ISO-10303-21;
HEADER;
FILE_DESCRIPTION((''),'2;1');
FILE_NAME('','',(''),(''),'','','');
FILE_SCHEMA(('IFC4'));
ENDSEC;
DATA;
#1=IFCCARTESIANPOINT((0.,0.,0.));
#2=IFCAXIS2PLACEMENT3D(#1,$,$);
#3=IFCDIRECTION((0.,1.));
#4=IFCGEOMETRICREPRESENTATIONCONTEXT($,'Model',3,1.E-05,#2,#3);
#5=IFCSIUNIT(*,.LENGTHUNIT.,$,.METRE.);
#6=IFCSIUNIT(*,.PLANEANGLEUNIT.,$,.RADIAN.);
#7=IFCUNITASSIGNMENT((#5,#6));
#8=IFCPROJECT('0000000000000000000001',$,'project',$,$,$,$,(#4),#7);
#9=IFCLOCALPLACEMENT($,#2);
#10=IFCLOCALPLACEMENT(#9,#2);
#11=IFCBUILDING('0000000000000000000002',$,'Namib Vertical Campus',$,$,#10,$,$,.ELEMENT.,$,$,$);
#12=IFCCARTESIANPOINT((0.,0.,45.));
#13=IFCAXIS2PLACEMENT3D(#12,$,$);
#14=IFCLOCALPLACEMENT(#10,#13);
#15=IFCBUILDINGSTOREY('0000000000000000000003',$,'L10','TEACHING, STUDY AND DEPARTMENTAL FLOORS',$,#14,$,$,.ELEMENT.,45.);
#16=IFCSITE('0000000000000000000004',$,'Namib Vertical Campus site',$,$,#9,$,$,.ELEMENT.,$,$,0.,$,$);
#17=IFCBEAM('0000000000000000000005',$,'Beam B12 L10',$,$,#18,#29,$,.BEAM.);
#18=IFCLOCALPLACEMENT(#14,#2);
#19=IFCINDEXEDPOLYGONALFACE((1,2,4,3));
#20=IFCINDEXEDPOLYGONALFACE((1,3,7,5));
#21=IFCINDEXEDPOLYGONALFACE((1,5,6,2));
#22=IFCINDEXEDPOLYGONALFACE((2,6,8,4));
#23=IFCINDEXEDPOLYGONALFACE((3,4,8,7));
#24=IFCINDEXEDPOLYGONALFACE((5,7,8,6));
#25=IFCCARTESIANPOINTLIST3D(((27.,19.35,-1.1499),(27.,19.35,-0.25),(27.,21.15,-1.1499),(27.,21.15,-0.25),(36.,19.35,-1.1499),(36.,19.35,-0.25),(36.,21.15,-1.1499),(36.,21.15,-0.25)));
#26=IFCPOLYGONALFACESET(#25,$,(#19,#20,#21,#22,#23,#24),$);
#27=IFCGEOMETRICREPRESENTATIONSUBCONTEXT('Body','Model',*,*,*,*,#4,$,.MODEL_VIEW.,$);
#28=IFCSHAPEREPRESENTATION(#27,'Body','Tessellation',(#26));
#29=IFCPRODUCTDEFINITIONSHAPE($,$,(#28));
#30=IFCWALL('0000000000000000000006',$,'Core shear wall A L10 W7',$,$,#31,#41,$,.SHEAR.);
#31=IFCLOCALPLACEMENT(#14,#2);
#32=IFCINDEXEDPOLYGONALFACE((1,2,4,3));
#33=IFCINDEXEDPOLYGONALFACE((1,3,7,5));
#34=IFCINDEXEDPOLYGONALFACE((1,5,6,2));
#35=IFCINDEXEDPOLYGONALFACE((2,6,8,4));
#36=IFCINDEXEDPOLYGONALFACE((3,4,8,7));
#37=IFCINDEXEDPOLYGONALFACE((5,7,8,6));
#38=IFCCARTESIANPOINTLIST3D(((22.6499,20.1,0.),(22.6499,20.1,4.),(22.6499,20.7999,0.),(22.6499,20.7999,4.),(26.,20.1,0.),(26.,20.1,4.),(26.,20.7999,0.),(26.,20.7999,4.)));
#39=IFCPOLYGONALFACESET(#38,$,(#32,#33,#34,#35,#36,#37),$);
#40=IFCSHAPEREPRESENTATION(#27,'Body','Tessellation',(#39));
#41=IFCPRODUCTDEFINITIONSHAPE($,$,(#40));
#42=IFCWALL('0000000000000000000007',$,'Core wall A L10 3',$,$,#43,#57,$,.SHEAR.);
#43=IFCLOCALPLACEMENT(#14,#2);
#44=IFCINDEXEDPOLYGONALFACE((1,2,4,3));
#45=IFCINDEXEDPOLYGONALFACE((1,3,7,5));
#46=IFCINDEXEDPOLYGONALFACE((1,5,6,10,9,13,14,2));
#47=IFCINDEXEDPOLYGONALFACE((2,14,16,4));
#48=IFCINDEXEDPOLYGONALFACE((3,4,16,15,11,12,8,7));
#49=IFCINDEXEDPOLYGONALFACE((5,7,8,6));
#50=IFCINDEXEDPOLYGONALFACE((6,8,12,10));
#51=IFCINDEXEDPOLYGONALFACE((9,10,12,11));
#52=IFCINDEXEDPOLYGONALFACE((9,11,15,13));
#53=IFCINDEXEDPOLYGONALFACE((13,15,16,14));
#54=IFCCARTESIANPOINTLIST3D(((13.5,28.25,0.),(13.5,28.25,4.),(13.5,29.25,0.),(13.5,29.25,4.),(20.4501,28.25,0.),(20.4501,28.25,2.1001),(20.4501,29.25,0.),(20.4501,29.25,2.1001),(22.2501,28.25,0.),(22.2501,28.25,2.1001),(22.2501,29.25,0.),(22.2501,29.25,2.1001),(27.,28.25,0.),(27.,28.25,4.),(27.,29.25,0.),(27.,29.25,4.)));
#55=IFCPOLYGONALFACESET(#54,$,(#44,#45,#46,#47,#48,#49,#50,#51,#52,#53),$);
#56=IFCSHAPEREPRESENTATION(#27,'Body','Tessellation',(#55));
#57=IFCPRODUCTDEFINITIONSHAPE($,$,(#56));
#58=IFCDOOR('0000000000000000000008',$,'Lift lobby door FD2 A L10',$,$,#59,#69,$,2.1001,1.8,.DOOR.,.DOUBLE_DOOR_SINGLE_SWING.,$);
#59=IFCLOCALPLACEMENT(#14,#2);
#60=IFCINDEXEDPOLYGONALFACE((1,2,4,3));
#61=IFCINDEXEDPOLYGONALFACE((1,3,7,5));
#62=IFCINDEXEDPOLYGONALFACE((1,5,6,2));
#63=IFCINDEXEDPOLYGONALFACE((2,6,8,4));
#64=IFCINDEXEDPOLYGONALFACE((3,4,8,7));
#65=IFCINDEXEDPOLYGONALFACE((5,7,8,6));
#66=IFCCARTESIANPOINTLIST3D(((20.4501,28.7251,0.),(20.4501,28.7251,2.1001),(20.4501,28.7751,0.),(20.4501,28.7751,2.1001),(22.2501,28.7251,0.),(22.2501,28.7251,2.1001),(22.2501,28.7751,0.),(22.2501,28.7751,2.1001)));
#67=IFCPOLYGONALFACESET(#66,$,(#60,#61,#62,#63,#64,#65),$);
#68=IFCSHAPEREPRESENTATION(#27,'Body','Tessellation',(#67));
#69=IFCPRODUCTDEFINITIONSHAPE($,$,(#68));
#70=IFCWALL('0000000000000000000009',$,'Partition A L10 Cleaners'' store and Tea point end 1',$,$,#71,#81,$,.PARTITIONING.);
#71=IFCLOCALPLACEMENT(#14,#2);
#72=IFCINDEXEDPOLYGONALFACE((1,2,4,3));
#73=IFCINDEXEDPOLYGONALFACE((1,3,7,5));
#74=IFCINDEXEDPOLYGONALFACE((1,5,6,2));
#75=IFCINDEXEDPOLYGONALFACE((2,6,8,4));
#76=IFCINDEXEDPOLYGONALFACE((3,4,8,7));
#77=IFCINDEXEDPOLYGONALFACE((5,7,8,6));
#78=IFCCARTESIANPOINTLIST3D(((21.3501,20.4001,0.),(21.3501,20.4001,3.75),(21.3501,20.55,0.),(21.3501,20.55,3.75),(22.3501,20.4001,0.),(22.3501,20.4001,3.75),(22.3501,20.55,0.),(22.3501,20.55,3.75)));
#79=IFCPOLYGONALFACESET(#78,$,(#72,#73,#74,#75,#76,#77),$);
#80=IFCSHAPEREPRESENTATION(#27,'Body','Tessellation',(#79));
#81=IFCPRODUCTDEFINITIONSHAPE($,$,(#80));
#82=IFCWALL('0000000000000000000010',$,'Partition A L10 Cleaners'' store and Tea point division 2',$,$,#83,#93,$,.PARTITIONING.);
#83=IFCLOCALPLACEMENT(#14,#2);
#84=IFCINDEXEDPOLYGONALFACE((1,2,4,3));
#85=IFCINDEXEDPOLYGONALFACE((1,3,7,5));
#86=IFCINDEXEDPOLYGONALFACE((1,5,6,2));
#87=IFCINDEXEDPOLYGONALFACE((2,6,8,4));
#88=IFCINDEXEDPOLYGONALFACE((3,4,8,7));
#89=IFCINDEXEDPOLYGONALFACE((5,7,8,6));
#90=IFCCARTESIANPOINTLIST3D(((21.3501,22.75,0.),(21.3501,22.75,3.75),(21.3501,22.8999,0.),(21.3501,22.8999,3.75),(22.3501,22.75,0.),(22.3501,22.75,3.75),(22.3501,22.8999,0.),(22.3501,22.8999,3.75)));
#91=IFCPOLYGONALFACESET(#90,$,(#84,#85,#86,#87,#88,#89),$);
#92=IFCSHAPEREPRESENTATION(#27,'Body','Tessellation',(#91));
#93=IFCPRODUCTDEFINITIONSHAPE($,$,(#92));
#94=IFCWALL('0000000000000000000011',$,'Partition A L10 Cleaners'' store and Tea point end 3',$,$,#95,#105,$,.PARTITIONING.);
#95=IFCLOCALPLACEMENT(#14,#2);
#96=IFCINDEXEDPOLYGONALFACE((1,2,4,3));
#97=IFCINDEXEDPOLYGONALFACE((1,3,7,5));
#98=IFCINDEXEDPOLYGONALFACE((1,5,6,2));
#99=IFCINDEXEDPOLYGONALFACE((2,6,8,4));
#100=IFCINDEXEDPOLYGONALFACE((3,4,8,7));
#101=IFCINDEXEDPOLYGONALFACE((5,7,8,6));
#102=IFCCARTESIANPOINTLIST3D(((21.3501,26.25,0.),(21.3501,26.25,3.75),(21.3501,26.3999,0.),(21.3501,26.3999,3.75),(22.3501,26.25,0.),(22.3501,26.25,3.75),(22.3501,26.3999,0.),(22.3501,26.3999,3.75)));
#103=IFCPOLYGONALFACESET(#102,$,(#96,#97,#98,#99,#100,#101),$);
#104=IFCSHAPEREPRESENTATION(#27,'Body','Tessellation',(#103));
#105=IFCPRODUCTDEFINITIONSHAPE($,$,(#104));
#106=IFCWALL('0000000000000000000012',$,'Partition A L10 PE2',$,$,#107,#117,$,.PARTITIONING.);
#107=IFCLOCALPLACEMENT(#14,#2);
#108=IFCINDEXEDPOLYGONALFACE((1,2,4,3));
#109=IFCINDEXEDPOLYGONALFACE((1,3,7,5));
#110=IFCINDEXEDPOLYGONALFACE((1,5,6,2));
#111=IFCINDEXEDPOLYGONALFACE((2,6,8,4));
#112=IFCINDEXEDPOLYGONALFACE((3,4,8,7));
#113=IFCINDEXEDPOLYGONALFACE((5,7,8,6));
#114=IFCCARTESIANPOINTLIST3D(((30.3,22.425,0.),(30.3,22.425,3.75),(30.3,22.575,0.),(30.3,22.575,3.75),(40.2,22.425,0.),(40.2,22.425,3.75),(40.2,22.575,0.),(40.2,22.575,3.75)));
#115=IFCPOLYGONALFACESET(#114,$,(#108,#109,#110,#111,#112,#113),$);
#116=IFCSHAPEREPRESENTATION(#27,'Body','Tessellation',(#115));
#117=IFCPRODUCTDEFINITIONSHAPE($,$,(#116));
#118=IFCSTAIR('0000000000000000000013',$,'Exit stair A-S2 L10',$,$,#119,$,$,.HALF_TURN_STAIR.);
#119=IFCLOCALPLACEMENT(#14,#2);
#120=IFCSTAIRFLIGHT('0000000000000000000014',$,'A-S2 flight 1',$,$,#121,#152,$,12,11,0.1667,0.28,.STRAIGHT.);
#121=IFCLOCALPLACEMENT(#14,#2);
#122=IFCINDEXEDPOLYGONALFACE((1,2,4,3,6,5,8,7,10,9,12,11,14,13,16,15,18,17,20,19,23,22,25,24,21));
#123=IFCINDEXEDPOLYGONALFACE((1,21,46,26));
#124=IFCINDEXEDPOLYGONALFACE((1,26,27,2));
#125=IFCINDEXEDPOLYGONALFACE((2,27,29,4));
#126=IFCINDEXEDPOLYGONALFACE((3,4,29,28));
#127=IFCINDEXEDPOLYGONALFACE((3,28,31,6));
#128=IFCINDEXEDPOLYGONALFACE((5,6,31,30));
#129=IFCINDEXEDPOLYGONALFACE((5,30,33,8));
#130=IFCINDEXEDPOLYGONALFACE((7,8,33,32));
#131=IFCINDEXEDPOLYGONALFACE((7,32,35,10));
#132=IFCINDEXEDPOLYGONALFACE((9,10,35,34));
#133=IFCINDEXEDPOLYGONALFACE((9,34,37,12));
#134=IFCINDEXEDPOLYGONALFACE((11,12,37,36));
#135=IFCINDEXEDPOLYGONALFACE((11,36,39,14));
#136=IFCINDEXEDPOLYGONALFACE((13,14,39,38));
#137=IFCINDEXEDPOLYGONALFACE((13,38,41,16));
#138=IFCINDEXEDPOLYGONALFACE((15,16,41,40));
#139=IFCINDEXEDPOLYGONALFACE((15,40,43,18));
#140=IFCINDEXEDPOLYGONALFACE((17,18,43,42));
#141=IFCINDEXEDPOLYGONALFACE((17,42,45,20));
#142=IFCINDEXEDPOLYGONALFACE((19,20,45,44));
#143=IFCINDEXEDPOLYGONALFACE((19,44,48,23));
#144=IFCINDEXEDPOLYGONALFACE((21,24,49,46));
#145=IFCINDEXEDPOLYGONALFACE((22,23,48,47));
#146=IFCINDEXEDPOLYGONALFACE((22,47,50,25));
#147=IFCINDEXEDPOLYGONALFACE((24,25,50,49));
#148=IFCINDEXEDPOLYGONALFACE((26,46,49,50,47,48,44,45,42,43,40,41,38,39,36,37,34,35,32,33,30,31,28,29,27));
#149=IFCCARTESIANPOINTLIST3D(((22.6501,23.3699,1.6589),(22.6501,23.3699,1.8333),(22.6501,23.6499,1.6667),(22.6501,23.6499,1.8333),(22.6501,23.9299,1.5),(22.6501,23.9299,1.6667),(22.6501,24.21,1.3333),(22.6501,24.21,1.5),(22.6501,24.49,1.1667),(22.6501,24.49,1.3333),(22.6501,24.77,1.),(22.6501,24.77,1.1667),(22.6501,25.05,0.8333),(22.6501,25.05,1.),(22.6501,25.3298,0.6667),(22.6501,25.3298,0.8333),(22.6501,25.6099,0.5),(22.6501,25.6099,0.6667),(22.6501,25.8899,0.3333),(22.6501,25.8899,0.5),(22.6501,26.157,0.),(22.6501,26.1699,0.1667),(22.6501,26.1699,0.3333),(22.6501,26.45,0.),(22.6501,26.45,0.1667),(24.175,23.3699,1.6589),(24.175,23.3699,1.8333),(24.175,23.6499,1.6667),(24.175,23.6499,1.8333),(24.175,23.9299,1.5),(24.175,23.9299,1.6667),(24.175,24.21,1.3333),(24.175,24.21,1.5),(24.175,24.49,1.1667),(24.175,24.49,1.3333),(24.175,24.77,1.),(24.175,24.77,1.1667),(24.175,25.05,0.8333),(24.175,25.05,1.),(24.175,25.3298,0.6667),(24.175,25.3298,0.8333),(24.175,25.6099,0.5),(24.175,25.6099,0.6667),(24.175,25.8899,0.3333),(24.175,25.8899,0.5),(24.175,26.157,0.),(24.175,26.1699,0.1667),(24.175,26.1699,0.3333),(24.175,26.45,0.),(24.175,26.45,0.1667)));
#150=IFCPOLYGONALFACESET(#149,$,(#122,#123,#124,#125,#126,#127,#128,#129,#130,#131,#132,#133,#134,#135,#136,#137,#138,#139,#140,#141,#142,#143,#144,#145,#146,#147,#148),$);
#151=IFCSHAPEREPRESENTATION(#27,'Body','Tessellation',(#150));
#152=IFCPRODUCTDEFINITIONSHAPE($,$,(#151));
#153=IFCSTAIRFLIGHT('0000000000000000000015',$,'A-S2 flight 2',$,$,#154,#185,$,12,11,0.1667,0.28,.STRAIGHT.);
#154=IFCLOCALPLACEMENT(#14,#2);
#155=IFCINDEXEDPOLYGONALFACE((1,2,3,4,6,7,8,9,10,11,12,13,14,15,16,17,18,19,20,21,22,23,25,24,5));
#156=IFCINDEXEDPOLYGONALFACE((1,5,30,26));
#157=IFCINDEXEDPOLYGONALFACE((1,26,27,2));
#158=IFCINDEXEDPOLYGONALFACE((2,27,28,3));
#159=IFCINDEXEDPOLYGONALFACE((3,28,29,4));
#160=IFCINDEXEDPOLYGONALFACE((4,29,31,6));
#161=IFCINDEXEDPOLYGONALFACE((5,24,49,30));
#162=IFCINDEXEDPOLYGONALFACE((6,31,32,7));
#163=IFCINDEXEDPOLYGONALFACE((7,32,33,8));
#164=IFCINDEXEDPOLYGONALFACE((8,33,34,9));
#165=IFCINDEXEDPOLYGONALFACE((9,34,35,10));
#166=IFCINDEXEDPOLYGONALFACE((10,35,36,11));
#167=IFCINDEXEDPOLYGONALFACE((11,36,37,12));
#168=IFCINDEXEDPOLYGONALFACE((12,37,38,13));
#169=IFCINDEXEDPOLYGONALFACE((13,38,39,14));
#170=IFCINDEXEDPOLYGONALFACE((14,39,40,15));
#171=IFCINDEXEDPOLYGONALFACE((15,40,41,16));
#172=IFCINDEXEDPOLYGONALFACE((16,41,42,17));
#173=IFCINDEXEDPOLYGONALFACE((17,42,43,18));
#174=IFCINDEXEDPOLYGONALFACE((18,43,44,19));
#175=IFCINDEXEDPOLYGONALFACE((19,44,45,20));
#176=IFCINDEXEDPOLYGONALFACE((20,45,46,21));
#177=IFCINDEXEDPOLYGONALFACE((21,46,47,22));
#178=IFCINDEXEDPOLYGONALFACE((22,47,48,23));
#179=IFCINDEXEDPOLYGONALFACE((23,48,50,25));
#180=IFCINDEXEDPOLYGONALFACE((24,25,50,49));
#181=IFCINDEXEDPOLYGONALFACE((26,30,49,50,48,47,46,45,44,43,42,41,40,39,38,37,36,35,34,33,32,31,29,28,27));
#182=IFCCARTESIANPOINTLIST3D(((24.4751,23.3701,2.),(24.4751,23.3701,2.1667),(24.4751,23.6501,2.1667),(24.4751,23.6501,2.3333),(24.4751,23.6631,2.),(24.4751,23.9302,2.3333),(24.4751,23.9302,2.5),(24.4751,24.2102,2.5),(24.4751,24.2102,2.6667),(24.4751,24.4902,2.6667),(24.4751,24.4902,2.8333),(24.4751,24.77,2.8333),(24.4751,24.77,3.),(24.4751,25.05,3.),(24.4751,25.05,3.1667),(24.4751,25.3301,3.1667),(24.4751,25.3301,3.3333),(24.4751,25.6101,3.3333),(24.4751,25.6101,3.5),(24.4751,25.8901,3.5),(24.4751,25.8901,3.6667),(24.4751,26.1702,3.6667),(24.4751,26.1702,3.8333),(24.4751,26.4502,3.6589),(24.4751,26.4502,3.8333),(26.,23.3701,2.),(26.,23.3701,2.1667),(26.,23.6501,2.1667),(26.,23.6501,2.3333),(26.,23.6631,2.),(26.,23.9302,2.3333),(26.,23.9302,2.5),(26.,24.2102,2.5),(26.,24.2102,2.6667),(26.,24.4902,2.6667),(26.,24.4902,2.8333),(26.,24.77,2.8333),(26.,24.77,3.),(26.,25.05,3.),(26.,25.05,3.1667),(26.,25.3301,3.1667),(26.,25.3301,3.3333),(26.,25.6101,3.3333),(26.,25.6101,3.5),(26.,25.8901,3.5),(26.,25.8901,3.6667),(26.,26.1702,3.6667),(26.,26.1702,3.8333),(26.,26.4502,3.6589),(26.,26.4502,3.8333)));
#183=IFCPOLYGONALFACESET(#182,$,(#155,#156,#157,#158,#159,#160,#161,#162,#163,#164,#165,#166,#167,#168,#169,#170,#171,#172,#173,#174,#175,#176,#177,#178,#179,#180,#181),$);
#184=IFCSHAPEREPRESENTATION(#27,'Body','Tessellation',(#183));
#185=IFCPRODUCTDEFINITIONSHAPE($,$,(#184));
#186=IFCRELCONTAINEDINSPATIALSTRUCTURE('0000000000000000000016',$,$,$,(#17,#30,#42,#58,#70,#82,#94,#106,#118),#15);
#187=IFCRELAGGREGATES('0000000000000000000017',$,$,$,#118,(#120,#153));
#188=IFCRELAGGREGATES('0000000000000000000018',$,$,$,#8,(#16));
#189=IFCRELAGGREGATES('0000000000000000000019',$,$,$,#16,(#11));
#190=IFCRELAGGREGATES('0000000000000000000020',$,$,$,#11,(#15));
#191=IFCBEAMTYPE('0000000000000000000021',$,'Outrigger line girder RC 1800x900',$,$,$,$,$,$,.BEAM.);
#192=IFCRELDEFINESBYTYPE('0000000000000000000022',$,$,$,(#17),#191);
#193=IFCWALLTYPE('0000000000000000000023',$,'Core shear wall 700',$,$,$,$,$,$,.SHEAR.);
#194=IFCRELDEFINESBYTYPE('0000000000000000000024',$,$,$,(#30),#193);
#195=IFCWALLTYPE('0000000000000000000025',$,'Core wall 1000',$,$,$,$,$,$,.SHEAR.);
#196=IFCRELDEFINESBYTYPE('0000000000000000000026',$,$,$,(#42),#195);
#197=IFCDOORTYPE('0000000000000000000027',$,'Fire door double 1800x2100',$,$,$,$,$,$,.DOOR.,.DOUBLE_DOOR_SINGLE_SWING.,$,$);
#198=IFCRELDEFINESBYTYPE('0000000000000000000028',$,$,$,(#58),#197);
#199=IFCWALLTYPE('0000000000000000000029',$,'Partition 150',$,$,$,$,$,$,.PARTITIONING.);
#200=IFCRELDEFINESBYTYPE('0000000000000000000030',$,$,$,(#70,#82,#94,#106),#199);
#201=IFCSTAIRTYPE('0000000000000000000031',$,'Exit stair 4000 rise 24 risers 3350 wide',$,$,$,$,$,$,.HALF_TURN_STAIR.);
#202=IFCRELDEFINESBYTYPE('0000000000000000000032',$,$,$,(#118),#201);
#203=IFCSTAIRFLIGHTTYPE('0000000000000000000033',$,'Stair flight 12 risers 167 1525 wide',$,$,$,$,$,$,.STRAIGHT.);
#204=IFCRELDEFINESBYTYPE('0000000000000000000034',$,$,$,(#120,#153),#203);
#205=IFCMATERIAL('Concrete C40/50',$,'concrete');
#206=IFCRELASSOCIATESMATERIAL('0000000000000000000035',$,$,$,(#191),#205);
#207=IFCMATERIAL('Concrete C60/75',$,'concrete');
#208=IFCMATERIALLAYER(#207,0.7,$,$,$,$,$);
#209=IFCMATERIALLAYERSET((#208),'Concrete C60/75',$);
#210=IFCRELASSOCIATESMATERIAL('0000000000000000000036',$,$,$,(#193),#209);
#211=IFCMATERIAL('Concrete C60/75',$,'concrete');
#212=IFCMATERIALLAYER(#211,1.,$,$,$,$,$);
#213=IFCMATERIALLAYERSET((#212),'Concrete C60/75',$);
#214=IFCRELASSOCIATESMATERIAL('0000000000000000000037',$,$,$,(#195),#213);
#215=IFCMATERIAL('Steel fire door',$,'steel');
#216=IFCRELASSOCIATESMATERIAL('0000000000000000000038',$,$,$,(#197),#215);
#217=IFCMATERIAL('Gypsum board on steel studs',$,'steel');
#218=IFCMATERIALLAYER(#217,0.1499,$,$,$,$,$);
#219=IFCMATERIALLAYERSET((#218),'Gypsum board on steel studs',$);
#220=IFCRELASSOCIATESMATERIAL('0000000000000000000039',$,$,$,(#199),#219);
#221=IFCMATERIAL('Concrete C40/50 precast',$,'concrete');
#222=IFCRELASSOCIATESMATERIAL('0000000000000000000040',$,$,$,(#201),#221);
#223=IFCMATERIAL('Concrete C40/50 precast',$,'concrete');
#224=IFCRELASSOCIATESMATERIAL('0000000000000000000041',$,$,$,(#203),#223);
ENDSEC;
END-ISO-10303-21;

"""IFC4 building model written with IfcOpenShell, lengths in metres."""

from ifc_helpers import new_model, si_unit, direction, frame, frame_2d, origin, origin_2d, place, context, subcontext, project, spatial, polyline, rectangle, outline, extrude, material, layer, layer_set, material_profile, profile_set, type_object, element, fill, aggregate, save


model = new_model("IFC4")

# Units and contexts
model_context = context("Model", 3, precision=1e-05, world=origin(), true_north=direction((0.0, 1.0)))
body_context = subcontext(model_context, "Body", "Model", "MODEL_VIEW")
ifc_project = project(units=[si_unit("LENGTHUNIT", "METRE"), si_unit("PLANEANGLEUNIT", "RADIAN")], contexts=[model_context])

# Site, building, storey
site_placement = place(None, origin())
site = spatial("IfcSite", under=ifc_project, at=site_placement, Name="Namib Vertical Campus site", CompositionType="ELEMENT", RefElevation=0.0)
building_placement = place(site_placement, origin())
building = spatial("IfcBuilding", under=site, at=building_placement, Name="Namib Vertical Campus", CompositionType="ELEMENT")
storey_placement = place(building_placement, frame((0.0, 0.0, 45.0)))
storey = spatial("IfcBuildingStorey", under=building, at=storey_placement, Name="L10", Description="TEACHING, STUDY AND DEPARTMENTAL FLOORS", CompositionType="ELEMENT", Elevation=45.0)

# Beam
ifc_material_1 = material(Name="Concrete C40/50", Category="concrete")
ifc_material_profile_1 = material_profile(ifc_material_1, rectangle(XDim=1.8, YDim=0.8999, at=origin_2d()))
ifc_profile_set_1 = profile_set([ifc_material_profile_1], Name="Concrete C40/50")
beam_type_1 = type_object("IfcBeamType", Name="Outrigger line girder RC 1800x900", PredefinedType="BEAM", material=ifc_profile_set_1)
beam_1_placement = place(storey_placement, frame((36.0, 20.25, -0.7), z_axis=(-1.0, 0.0, 0.0), x_axis=(0.0, -1.0, 0.0)))
element("IfcBeam", 1, at=beam_1_placement, inside=storey, type_object=beam_type_1, Name="Beam B12 L10", PredefinedType="BEAM", context=body_context, shape_type="SweptSolid", body=[
    extrude(rectangle(XDim=1.8, YDim=0.8999, at=origin_2d()), origin(), (0.0, 0.0, 1.0), 9.0),
])

# Wall
ifc_material_2 = material(Name="Concrete C60/75", Category="concrete")
ifc_layer_1 = layer(ifc_material_2, 0.7)
ifc_layer_set_1 = layer_set([ifc_layer_1], Name="Concrete C60/75")
wall_type_1 = type_object("IfcWallType", Name="Core shear wall 700", PredefinedType="SHEAR", material=ifc_layer_set_1)
wall_1_placement = place(storey_placement, frame((22.6499, 20.45, 0.0), z_axis=(0.0, 0.0, 1.0), x_axis=(1.0, 0.0, 0.0)))
element("IfcWall", 2, at=wall_1_placement, inside=storey, type_object=wall_type_1, Name="Core shear wall A L10 W7", PredefinedType="SHEAR", context=body_context, shape_type="SweptSolid", body=[
    extrude(rectangle(XDim=3.3501, YDim=0.7, at=frame_2d((1.675, 0.0))), origin(), (0.0, 0.0, 1.0), 4.0),
])

# Wall, opening, door
ifc_material_3 = material(Name="Concrete C60/75", Category="concrete")
ifc_layer_2 = layer(ifc_material_3, 1.0)
ifc_layer_set_2 = layer_set([ifc_layer_2], Name="Concrete C60/75")
wall_type_2 = type_object("IfcWallType", Name="Core wall 1000", PredefinedType="SHEAR", material=ifc_layer_set_2)
wall_2_placement = place(storey_placement, frame((27.0, 28.75, 0.0), z_axis=(0.0, 0.0, 1.0), x_axis=(-1.0, 0.0, 0.0)))
wall_2 = element("IfcWall", 3, at=wall_2_placement, inside=storey, type_object=wall_type_2, Name="Core wall A L10 3", PredefinedType="SHEAR", context=body_context, shape_type="SweptSolid", body=[
    extrude(rectangle(XDim=13.5, YDim=1.0, at=frame_2d((6.75, 0.0))), origin(), (0.0, 0.0, 1.0), 4.0),
])
opening_placement = place(wall_2_placement, frame((4.75, 0.0, 0.0)))
opening = element("IfcOpeningElement", 4, at=opening_placement, cuts=wall_2, PredefinedType="OPENING", context=body_context, shape_type="SweptSolid", body=[
    extrude(rectangle(XDim=1.8, YDim=2.1001, at=frame_2d((0.8999, 1.05))), frame((0.0, 0.51, 0.0), z_axis=(0.0, -1.0, 0.0), x_axis=(1.0, 0.0, 0.0)), (0.0, 0.0, 1.0), 1.02),
])
ifc_material_4 = material(Name="Steel fire door", Category="steel")
door_type = type_object("IfcDoorType", Name="Fire door double 1800x2100", OperationType="DOUBLE_DOOR_SINGLE_SWING", PredefinedType="DOOR", material=ifc_material_4)
door_placement = place(opening_placement, origin())
door = element("IfcDoor", 5, at=door_placement, inside=storey, type_object=door_type, Name="Lift lobby door FD2 A L10", OperationType="DOUBLE_DOOR_SINGLE_SWING", OverallHeight=2.1001, OverallWidth=1.8, PredefinedType="DOOR", context=body_context, shape_type="SweptSolid", body=[
    extrude(rectangle(XDim=1.8, YDim=2.1001, at=frame_2d((0.8999, 1.05))), frame((0.0, 0.0249, 0.0), z_axis=(0.0, -1.0, 0.0), x_axis=(1.0, 0.0, 0.0)), (0.0, 0.0, 1.0), 0.05),
])
fill(opening, door)

# Walls
ifc_material_5 = material(Name="Gypsum board on steel studs", Category="steel")
ifc_layer_3 = layer(ifc_material_5, 0.1499)
ifc_layer_set_3 = layer_set([ifc_layer_3], Name="Gypsum board on steel studs")
wall_type_3 = type_object("IfcWallType", Name="Partition 150", PredefinedType="PARTITIONING", material=ifc_layer_set_3)
for number, where, z_axis, x_axis, name in (
    (6, (21.3501, 20.4751, 0.0), (0.0, 0.0, 1.0), (1.0, 0.0, 0.0), "Partition A L10 Cleaners' store and Tea point end 1"),
    (7, (21.3501, 22.825, 0.0), (0.0, 0.0, 1.0), (1.0, 0.0, 0.0), "Partition A L10 Cleaners' store and Tea point division 2"),
    (8, (21.3501, 26.325, 0.0), (0.0, 0.0, 1.0), (1.0, 0.0, 0.0), "Partition A L10 Cleaners' store and Tea point end 3"),
):
    element("IfcWall", number, at=place(storey_placement, frame(where, z_axis=z_axis, x_axis=x_axis)), inside=storey, type_object=wall_type_3, Name=name, PredefinedType="PARTITIONING", context=body_context, shape_type="SweptSolid", body=[
        extrude(rectangle(XDim=1.0, YDim=0.1499, at=frame_2d((0.5, 0.0))), origin(), (0.0, 0.0, 1.0), 3.75),
    ])
wall_3_placement = place(storey_placement, frame((30.3, 22.5, 0.0), z_axis=(0.0, 0.0, 1.0), x_axis=(1.0, 0.0, 0.0)))
element("IfcWall", 9, at=wall_3_placement, inside=storey, type_object=wall_type_3, Name="Partition A L10 PE2", PredefinedType="PARTITIONING", context=body_context, shape_type="SweptSolid", body=[
    extrude(rectangle(XDim=9.8999, YDim=0.1499, at=frame_2d((4.95, 0.0))), origin(), (0.0, 0.0, 1.0), 3.75),
])

# Stair, stair flights
ifc_material_6 = material(Name="Concrete C40/50 precast", Category="concrete")
stair_type = type_object("IfcStairType", Name="Exit stair 4000 rise 24 risers 3350 wide", PredefinedType="HALF_TURN_STAIR", material=ifc_material_6)
stair_placement = place(storey_placement, origin())
stair = element("IfcStair", 10, at=stair_placement, inside=storey, type_object=stair_type, Name="Exit stair A-S2 L10", PredefinedType="HALF_TURN_STAIR")
ifc_material_7 = material(Name="Concrete C40/50 precast", Category="concrete")
stair_flight_type = type_object("IfcStairFlightType", Name="Stair flight 12 risers 167 1525 wide", PredefinedType="STRAIGHT", material=ifc_material_7)
stair_flight_1_placement = place(storey_placement, frame((23.4126, 26.45, 0.0), z_axis=(0.0, 0.0, 1.0), x_axis=(0.0, -1.0, 0.0)))
stair_flight_1 = element("IfcStairFlight", 11, at=stair_flight_1_placement, type_object=stair_flight_type, Name="A-S2 flight 1", NumberOfRisers=12, NumberOfTreads=11, PredefinedType="STRAIGHT", RiserHeight=0.1667, TreadLength=0.28, context=body_context, shape_type="SweptSolid", body=[
    extrude(outline(polyline([(0.0, 0.0), (0.0, 0.1667), (0.28, 0.1667), (0.28, 0.3333), (0.5601, 0.3333), (0.5601, 0.5), (0.8401, 0.5), (0.8401, 0.6667), (1.1201, 0.6667), (1.1201, 0.8333), (1.3999, 0.8333), (1.3999, 1.0), (1.6799, 1.0), (1.6799, 1.1667), (1.96, 1.1667), (1.96, 1.3333), (2.24, 1.3333), (2.24, 1.5), (2.52, 1.5), (2.52, 1.6667), (2.8, 1.6667), (2.8, 1.8333), (3.0801, 1.8333), (3.0801, 2.0), (3.0801, 1.6589), (0.293, 0.0), (0.0, 0.0)])), frame((0.0, 0.7625, 0.0), z_axis=(0.0, -1.0, 0.0), x_axis=(1.0, 0.0, 0.0)), (0.0, 0.0, 1.0), 1.5249),
])
stair_flight_2_placement = place(storey_placement, frame((25.2375, 23.3701, 2.0), z_axis=(0.0, 0.0, 1.0), x_axis=(0.0, 1.0, 0.0)))
stair_flight_2 = element("IfcStairFlight", 12, at=stair_flight_2_placement, type_object=stair_flight_type, Name="A-S2 flight 2", NumberOfRisers=12, NumberOfTreads=11, PredefinedType="STRAIGHT", RiserHeight=0.1667, TreadLength=0.28, context=body_context, shape_type="SweptSolid", body=[
    extrude(outline(polyline([(0.0, 0.0), (0.0, 0.1667), (0.28, 0.1667), (0.28, 0.3333), (0.5601, 0.3333), (0.5601, 0.5), (0.8401, 0.5), (0.8401, 0.6667), (1.1201, 0.6667), (1.1201, 0.8333), (1.3999, 0.8333), (1.3999, 1.0), (1.6799, 1.0), (1.6799, 1.1667), (1.96, 1.1667), (1.96, 1.3333), (2.24, 1.3333), (2.24, 1.5), (2.52, 1.5), (2.52, 1.6667), (2.8, 1.6667), (2.8, 1.8333), (3.0801, 1.8333), (3.0801, 2.0), (3.0801, 1.6589), (0.293, 0.0), (0.0, 0.0)])), frame((0.0, 0.7625, 0.0), z_axis=(0.0, -1.0, 0.0), x_axis=(1.0, 0.0, 0.0)), (0.0, 0.0, 1.0), 1.5249),
])
aggregate(stair, [stair_flight_1, stair_flight_2])

save(model, "model.ifc")
